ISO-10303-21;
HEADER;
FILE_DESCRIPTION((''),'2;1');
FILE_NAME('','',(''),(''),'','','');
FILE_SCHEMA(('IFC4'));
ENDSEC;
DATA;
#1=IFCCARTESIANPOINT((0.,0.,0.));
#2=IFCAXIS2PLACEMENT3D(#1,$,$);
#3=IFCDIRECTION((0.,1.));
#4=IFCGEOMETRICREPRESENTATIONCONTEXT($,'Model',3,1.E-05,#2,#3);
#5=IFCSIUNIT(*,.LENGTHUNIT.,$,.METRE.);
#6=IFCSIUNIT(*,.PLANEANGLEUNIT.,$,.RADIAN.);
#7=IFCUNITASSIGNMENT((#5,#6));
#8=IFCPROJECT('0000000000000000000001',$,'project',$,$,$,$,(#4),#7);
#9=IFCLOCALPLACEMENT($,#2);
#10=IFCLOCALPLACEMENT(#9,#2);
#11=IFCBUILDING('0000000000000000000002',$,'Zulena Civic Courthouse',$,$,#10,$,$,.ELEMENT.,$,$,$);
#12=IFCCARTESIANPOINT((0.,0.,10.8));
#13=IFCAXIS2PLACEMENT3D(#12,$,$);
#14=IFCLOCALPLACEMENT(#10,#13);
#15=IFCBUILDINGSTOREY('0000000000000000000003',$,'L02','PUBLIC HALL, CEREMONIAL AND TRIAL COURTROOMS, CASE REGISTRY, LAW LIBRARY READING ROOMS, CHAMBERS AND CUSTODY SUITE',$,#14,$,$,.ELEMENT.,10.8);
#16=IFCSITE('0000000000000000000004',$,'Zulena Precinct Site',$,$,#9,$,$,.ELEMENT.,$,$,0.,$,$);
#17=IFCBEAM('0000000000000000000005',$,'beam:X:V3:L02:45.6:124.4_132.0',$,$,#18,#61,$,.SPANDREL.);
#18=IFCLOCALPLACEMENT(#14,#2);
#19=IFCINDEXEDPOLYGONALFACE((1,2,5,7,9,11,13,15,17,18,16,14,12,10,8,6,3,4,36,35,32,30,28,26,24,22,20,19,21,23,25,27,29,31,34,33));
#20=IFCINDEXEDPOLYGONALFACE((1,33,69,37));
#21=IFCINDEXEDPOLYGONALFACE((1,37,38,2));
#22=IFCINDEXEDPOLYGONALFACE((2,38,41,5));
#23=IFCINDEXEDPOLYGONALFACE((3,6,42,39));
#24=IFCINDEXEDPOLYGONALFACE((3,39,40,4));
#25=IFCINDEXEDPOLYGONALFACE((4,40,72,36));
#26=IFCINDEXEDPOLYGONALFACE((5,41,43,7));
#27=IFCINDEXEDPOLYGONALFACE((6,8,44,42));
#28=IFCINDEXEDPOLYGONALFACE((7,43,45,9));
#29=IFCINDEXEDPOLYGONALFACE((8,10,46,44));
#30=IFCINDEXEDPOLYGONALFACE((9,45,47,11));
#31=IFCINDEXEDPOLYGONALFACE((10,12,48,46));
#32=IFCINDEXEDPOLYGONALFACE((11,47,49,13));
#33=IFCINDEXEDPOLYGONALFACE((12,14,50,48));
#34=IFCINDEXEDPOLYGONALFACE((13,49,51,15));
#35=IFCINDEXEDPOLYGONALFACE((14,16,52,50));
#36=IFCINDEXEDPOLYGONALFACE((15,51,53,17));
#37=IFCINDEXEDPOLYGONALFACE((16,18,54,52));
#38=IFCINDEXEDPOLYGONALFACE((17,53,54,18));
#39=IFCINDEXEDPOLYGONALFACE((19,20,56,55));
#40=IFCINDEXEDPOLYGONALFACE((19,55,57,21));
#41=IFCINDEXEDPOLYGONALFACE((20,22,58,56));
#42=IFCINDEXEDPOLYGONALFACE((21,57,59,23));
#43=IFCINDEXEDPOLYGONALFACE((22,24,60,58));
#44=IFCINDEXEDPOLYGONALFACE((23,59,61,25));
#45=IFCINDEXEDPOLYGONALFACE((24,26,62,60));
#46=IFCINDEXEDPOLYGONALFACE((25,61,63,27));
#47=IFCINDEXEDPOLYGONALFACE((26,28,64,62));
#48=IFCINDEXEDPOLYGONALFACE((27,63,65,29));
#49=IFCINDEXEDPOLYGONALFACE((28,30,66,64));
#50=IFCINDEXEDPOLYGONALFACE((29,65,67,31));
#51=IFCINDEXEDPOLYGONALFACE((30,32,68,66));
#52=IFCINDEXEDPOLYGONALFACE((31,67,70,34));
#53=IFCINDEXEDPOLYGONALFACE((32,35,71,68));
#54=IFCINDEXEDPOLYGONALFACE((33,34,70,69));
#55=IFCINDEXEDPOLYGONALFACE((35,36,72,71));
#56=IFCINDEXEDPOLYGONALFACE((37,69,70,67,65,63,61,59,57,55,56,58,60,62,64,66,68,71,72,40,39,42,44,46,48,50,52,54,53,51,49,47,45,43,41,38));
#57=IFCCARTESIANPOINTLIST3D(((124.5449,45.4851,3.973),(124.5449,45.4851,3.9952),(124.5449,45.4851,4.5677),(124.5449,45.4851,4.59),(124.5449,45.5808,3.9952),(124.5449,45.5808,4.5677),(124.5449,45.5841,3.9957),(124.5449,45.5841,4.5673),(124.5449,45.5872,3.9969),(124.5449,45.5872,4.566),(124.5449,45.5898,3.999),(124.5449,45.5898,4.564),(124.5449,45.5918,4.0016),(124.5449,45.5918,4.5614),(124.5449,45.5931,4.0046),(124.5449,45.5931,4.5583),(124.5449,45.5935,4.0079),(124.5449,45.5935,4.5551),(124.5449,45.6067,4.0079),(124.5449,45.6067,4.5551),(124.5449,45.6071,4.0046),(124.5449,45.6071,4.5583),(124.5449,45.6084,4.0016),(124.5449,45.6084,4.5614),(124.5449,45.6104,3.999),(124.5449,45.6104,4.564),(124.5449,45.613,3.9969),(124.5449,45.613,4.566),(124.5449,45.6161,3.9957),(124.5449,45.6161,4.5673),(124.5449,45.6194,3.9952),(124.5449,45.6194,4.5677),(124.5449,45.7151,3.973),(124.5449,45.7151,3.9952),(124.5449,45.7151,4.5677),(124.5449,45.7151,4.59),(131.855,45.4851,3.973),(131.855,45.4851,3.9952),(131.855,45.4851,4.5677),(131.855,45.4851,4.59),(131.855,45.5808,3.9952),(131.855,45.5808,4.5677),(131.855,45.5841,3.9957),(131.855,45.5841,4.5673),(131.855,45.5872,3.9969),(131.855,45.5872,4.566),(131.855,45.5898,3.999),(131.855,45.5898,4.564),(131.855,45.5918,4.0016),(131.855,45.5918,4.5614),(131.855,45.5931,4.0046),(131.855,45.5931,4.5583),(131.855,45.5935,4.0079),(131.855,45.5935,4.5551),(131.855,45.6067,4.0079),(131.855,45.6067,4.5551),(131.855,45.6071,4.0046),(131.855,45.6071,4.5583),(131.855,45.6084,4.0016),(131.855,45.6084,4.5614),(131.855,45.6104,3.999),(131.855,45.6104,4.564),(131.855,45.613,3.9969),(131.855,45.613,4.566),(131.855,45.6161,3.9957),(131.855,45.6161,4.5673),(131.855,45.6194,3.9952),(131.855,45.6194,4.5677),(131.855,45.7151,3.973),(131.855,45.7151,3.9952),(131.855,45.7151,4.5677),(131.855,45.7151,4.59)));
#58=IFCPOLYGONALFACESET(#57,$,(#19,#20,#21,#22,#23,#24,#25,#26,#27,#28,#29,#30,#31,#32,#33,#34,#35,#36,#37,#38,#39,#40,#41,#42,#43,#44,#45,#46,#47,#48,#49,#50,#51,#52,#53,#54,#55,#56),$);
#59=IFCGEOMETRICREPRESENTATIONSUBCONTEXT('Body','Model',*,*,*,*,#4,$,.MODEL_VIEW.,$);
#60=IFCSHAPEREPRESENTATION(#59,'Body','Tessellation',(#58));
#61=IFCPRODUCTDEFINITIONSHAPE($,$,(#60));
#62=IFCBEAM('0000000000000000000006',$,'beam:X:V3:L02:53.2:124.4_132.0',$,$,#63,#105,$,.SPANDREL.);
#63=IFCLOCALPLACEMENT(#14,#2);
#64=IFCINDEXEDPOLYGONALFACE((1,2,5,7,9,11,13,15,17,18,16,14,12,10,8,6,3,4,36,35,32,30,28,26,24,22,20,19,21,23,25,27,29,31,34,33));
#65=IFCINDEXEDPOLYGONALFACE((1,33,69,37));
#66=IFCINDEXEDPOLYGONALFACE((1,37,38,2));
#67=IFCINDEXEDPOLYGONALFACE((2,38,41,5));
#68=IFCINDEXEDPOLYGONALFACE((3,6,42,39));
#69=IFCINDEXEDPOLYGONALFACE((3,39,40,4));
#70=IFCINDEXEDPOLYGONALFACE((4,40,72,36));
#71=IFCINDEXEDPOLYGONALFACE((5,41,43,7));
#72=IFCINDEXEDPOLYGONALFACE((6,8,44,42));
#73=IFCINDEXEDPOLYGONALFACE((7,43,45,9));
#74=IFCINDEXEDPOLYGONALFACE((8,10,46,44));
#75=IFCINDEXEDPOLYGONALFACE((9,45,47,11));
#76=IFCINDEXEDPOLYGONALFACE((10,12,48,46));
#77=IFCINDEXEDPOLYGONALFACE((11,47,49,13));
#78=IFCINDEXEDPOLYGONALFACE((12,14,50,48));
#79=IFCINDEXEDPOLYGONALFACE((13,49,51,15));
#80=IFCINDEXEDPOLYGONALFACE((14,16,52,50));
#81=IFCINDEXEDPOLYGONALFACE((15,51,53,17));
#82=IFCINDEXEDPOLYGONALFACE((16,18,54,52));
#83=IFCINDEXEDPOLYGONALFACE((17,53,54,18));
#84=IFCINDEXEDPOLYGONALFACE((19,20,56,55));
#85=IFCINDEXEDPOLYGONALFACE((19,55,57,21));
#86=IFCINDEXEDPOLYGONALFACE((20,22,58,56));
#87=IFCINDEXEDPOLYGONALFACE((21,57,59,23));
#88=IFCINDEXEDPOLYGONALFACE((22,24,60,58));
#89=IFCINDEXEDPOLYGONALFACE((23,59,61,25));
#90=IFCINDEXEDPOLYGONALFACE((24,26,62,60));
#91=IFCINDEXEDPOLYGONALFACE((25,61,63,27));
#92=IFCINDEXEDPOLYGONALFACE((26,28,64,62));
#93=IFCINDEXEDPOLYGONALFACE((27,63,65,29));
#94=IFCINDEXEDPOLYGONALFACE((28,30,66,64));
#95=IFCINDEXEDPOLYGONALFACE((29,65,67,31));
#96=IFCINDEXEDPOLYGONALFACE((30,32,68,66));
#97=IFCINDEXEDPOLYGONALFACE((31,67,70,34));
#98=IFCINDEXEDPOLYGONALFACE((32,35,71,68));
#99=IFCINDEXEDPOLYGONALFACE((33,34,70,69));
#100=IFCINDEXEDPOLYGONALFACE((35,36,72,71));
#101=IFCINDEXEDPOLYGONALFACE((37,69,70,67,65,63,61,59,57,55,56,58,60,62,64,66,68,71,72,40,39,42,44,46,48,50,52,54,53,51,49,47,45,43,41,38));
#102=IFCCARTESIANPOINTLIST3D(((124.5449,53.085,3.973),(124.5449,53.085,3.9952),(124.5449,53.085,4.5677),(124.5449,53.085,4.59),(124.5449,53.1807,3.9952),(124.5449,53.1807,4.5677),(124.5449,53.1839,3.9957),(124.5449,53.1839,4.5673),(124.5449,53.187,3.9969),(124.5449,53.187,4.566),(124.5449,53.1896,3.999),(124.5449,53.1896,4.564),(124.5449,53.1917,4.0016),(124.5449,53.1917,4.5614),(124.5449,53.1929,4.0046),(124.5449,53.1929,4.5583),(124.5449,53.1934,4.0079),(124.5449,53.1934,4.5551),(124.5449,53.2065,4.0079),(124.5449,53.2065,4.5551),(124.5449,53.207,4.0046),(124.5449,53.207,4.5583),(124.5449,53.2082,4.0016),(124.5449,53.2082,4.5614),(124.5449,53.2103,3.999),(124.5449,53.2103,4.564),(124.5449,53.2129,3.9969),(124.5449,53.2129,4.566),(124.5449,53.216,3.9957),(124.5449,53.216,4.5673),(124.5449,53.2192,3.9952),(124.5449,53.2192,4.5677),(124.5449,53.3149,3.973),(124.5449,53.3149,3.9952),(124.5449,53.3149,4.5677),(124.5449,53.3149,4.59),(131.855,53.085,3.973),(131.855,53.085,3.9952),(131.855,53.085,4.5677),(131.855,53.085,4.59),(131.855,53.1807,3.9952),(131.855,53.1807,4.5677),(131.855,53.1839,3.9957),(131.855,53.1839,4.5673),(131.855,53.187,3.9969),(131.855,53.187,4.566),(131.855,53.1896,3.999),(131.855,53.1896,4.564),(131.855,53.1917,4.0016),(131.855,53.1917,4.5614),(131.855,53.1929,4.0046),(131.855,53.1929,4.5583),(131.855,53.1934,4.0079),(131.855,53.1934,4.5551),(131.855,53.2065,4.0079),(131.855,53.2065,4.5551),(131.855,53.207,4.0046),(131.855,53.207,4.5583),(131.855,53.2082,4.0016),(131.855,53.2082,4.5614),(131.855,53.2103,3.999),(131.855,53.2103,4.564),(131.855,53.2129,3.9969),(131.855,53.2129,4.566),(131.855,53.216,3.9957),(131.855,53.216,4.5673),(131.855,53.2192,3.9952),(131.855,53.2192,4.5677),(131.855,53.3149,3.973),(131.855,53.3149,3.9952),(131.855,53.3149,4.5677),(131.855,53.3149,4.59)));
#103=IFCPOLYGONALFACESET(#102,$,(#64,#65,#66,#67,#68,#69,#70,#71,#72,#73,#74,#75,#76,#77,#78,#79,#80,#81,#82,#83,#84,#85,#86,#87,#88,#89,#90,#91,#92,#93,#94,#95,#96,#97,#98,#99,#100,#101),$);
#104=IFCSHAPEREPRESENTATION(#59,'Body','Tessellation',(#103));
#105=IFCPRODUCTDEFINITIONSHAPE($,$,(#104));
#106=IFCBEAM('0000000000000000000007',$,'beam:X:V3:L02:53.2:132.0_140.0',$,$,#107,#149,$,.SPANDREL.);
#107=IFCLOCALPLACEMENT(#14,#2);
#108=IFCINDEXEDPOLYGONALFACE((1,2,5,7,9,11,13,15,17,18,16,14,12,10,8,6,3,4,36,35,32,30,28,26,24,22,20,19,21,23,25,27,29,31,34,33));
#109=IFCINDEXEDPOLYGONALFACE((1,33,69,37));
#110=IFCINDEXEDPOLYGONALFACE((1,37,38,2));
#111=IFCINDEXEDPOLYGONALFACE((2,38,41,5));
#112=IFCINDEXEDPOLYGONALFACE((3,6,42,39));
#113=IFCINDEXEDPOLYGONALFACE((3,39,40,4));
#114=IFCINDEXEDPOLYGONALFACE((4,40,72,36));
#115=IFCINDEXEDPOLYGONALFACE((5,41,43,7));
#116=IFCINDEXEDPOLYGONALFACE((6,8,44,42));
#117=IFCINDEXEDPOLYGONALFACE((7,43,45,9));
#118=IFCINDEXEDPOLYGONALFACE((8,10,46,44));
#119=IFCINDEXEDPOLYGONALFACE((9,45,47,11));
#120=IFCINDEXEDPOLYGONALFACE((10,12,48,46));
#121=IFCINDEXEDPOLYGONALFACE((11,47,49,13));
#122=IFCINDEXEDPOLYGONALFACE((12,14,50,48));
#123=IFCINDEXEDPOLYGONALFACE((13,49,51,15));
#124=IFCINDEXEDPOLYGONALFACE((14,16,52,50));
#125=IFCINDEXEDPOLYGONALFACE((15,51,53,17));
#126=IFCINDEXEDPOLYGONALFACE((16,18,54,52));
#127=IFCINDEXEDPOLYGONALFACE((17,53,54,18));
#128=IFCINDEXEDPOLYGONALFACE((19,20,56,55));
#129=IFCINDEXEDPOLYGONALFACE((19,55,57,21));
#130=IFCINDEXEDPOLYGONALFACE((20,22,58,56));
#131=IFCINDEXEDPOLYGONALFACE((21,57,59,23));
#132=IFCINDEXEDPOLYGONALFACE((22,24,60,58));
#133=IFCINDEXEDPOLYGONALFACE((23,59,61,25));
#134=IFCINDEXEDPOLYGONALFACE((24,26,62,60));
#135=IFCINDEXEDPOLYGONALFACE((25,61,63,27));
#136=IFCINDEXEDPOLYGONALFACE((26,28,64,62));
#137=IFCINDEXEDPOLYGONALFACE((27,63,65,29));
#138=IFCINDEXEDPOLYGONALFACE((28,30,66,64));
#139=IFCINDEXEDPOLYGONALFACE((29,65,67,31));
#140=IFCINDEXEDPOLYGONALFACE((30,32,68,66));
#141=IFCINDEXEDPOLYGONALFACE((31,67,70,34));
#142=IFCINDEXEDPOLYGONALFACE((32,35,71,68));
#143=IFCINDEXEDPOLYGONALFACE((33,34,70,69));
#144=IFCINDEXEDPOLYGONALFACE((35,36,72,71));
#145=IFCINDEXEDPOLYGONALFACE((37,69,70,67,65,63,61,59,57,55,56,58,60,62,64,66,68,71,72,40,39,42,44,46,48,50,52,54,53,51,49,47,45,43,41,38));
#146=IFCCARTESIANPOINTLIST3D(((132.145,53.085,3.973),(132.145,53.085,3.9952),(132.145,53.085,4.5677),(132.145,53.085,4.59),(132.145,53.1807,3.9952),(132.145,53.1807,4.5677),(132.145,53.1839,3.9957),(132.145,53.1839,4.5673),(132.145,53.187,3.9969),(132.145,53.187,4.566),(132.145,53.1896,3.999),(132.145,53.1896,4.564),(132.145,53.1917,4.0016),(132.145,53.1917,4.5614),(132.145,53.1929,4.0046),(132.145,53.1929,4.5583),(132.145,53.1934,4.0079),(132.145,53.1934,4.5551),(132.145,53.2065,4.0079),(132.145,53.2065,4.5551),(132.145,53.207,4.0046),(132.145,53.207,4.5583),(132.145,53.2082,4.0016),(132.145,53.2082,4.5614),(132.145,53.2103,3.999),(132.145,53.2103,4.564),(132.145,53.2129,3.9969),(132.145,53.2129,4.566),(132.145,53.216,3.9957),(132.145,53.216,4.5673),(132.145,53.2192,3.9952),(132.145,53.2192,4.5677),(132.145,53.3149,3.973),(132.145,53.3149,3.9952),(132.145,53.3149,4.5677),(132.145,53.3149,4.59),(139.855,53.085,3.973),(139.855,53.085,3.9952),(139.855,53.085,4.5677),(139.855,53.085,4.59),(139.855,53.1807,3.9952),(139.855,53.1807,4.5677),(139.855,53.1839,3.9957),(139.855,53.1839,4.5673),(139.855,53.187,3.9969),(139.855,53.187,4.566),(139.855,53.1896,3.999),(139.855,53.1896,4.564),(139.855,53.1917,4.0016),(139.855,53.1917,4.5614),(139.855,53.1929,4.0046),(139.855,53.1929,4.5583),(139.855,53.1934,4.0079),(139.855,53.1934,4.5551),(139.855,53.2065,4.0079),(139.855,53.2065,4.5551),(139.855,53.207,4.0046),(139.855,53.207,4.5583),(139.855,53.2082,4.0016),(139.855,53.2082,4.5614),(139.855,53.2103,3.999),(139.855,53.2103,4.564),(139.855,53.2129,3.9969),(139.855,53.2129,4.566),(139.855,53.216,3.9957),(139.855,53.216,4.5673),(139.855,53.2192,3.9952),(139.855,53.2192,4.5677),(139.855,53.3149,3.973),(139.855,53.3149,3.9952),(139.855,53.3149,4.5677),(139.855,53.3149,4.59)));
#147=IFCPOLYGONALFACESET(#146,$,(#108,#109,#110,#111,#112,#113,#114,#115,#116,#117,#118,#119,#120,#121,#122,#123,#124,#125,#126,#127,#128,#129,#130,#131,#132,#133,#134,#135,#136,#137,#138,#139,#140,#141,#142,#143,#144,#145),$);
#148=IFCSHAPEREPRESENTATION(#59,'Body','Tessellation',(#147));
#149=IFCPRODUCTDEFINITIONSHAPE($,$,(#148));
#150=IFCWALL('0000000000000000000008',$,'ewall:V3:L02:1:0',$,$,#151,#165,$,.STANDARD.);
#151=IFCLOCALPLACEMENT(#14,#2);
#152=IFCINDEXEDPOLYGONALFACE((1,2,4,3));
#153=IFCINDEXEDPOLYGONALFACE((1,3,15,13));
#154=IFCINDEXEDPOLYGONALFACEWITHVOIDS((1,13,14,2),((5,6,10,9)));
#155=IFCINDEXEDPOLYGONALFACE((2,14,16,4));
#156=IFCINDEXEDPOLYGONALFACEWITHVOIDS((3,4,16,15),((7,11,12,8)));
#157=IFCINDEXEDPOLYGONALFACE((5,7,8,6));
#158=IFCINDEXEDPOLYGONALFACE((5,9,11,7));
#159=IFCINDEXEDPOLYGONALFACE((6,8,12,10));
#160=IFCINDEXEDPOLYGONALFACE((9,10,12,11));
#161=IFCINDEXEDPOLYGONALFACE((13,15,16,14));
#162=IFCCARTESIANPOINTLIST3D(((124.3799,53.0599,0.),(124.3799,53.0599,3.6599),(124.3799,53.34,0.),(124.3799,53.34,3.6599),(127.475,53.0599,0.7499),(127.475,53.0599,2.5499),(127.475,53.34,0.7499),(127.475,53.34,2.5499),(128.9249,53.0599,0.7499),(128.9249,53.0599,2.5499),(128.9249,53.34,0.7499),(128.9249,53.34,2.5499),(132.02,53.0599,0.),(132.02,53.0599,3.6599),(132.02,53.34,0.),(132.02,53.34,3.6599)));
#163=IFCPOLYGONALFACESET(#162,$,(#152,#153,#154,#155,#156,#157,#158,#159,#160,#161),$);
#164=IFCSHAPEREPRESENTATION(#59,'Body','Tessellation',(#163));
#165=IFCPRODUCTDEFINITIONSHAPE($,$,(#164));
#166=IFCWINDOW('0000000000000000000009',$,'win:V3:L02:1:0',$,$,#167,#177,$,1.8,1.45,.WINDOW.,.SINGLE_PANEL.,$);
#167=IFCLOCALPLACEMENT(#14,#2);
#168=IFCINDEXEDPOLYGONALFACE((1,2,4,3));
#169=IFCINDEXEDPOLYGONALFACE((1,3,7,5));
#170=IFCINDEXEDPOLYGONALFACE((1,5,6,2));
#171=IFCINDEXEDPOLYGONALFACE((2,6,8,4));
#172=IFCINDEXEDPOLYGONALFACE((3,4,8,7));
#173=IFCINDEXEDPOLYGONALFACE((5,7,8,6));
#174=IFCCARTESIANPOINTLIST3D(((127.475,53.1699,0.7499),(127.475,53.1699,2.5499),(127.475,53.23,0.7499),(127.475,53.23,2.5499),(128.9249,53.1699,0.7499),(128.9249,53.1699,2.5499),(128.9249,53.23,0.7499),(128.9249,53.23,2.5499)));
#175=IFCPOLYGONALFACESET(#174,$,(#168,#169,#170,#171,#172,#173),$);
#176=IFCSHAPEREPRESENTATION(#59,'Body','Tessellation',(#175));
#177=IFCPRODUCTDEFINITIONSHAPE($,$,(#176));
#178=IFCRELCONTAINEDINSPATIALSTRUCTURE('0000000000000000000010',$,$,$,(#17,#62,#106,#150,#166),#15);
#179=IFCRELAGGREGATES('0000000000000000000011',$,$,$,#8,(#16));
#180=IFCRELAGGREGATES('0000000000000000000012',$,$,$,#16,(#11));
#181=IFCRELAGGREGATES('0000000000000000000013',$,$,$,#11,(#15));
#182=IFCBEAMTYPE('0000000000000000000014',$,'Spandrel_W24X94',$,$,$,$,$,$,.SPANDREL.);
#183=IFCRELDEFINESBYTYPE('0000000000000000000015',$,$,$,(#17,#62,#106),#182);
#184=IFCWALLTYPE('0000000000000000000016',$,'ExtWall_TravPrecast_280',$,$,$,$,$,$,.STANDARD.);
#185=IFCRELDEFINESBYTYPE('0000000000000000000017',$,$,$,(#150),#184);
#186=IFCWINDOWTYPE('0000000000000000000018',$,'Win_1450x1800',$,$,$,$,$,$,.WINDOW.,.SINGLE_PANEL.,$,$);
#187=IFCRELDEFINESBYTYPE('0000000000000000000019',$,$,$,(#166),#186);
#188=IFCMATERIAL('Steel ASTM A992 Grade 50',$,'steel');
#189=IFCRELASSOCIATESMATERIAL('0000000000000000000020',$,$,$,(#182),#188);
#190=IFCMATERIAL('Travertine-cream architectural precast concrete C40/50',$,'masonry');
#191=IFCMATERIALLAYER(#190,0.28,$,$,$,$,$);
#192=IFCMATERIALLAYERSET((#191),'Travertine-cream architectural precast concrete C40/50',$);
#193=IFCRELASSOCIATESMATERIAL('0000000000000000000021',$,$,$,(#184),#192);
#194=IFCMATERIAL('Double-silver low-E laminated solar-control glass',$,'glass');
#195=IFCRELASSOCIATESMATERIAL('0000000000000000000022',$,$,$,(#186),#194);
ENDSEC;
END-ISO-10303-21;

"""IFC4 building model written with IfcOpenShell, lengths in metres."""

from ifc_helpers import new_model, si_unit, direction, frame, frame_2d, origin, origin_2d, place, context, subcontext, project, spatial, rectangle, i_section, extrude, material, layer, layer_set, material_profile, profile_set, type_object, element, fill, save


model = new_model("IFC4")

# Units and contexts
model_context = context("Model", 3, precision=1e-05, world=origin(), true_north=direction((0.0, 1.0)))
body_context = subcontext(model_context, "Body", "Model", "MODEL_VIEW")
ifc_project = project(units=[si_unit("LENGTHUNIT", "METRE"), si_unit("PLANEANGLEUNIT", "RADIAN")], contexts=[model_context])

# Site, building, storey
site_placement = place(None, origin())
site = spatial("IfcSite", under=ifc_project, at=site_placement, Name="Zulena Precinct Site", CompositionType="ELEMENT", RefElevation=0.0)
building_placement = place(site_placement, origin())
building = spatial("IfcBuilding", under=site, at=building_placement, Name="Zulena Civic Courthouse", CompositionType="ELEMENT")
storey_placement = place(building_placement, frame((0.0, 0.0, 10.8)))
storey = spatial("IfcBuildingStorey", under=building, at=storey_placement, Name="L02", Description="PUBLIC HALL, CEREMONIAL AND TRIAL COURTROOMS, CASE REGISTRY, LAW LIBRARY READING ROOMS, CHAMBERS AND CUSTODY SUITE", CompositionType="ELEMENT", Elevation=10.8)

# Shared definitions
ifc_material_1 = material(Name="Steel ASTM A992 Grade 50", Category="steel")

# Beams
ifc_material_profile_1 = material_profile(ifc_material_1, i_section(OverallWidth=0.23, OverallDepth=0.6169, WebThickness=0.0132, FlangeThickness=0.0222, FilletRadius=0.0127, at=origin_2d()), Name="W24X94")
ifc_profile_set_1 = profile_set([ifc_material_profile_1], Name="Steel ASTM A992 Grade 50")
beam_type_1 = type_object("IfcBeamType", Name="Spandrel_W24X94", PredefinedType="SPANDREL", material=ifc_profile_set_1)
for number, where, z_axis, x_axis, name in (
    (1, (124.5449, 45.6001, 4.2815), (1.0, 0.0, 0.0), (0.0, 1.0, 0.0), "beam:X:V3:L02:45.6:124.4_132.0"),
    (2, (124.5449, 53.2, 4.2815), (1.0, 0.0, 0.0), (0.0, 1.0, 0.0), "beam:X:V3:L02:53.2:124.4_132.0"),
):
    element("IfcBeam", number, at=place(storey_placement, frame(where, z_axis=z_axis, x_axis=x_axis)), inside=storey, type_object=beam_type_1, Name=name, PredefinedType="SPANDREL", context=body_context, shape_type="SweptSolid", body=[
        extrude(i_section(OverallWidth=0.23, OverallDepth=0.6169, WebThickness=0.0132, FlangeThickness=0.0222, FilletRadius=0.0127, at=origin_2d()), origin(), (0.0, 0.0, 1.0), 7.3101),
    ])
beam_1_placement = place(storey_placement, frame((132.145, 53.2, 4.2815), z_axis=(1.0, 0.0, 0.0), x_axis=(0.0, 1.0, 0.0)))
element("IfcBeam", 3, at=beam_1_placement, inside=storey, type_object=beam_type_1, Name="beam:X:V3:L02:53.2:132.0_140.0", PredefinedType="SPANDREL", context=body_context, shape_type="SweptSolid", body=[
    extrude(i_section(OverallWidth=0.23, OverallDepth=0.6169, WebThickness=0.0132, FlangeThickness=0.0222, FilletRadius=0.0127, at=origin_2d()), origin(), (0.0, 0.0, 1.0), 7.71),
])

# Wall, opening, window
ifc_material_2 = material(Name="Travertine-cream architectural precast concrete C40/50", Category="masonry")
ifc_layer_1 = layer(ifc_material_2, 0.28)
ifc_layer_set_1 = layer_set([ifc_layer_1], Name="Travertine-cream architectural precast concrete C40/50")
wall_type_1 = type_object("IfcWallType", Name="ExtWall_TravPrecast_280", PredefinedType="STANDARD", material=ifc_layer_set_1)
wall_1_placement = place(storey_placement, frame((124.3799, 53.2, 0.0), z_axis=(0.0, 0.0, 1.0), x_axis=(1.0, 0.0, 0.0)))
wall_1 = element("IfcWall", 4, at=wall_1_placement, inside=storey, type_object=wall_type_1, Name="ewall:V3:L02:1:0", PredefinedType="STANDARD", context=body_context, shape_type="SweptSolid", body=[
    extrude(rectangle(XDim=7.6401, YDim=0.28, at=frame_2d((3.8201, 0.0))), origin(), (0.0, 0.0, 1.0), 3.6599),
])
opening_1_placement = place(wall_1_placement, frame((3.095, 0.0, 0.75)))
opening_1 = element("IfcOpeningElement", 5, at=opening_1_placement, cuts=wall_1, PredefinedType="OPENING", context=body_context, shape_type="SweptSolid", body=[
    extrude(rectangle(XDim=1.45, YDim=1.8, at=frame_2d((0.7251, 0.8999))), frame((0.0, 0.1499, 0.0), z_axis=(0.0, -1.0, 0.0), x_axis=(1.0, 0.0, 0.0)), (0.0, 0.0, 1.0), 0.3),
])
ifc_material_3 = material(Name="Double-silver low-E laminated solar-control glass", Category="glass")
window_type_1 = type_object("IfcWindowType", Name="Win_1450x1800", PartitioningType="SINGLE_PANEL", PredefinedType="WINDOW", material=ifc_material_3)
window_1_placement = place(opening_1_placement, origin())
window_1 = element("IfcWindow", 6, at=window_1_placement, inside=storey, type_object=window_type_1, Name="win:V3:L02:1:0", OverallHeight=1.8, OverallWidth=1.45, PartitioningType="SINGLE_PANEL", PredefinedType="WINDOW", context=body_context, shape_type="SweptSolid", body=[
    extrude(rectangle(XDim=1.45, YDim=1.8, at=frame_2d((0.7251, 0.8999))), frame((0.0, 0.03, 0.0), z_axis=(0.0, -1.0, 0.0), x_axis=(1.0, 0.0, 0.0)), (0.0, 0.0, 1.0), 0.0601),
])
fill(opening_1, window_1)

save(model, "model.ifc")
